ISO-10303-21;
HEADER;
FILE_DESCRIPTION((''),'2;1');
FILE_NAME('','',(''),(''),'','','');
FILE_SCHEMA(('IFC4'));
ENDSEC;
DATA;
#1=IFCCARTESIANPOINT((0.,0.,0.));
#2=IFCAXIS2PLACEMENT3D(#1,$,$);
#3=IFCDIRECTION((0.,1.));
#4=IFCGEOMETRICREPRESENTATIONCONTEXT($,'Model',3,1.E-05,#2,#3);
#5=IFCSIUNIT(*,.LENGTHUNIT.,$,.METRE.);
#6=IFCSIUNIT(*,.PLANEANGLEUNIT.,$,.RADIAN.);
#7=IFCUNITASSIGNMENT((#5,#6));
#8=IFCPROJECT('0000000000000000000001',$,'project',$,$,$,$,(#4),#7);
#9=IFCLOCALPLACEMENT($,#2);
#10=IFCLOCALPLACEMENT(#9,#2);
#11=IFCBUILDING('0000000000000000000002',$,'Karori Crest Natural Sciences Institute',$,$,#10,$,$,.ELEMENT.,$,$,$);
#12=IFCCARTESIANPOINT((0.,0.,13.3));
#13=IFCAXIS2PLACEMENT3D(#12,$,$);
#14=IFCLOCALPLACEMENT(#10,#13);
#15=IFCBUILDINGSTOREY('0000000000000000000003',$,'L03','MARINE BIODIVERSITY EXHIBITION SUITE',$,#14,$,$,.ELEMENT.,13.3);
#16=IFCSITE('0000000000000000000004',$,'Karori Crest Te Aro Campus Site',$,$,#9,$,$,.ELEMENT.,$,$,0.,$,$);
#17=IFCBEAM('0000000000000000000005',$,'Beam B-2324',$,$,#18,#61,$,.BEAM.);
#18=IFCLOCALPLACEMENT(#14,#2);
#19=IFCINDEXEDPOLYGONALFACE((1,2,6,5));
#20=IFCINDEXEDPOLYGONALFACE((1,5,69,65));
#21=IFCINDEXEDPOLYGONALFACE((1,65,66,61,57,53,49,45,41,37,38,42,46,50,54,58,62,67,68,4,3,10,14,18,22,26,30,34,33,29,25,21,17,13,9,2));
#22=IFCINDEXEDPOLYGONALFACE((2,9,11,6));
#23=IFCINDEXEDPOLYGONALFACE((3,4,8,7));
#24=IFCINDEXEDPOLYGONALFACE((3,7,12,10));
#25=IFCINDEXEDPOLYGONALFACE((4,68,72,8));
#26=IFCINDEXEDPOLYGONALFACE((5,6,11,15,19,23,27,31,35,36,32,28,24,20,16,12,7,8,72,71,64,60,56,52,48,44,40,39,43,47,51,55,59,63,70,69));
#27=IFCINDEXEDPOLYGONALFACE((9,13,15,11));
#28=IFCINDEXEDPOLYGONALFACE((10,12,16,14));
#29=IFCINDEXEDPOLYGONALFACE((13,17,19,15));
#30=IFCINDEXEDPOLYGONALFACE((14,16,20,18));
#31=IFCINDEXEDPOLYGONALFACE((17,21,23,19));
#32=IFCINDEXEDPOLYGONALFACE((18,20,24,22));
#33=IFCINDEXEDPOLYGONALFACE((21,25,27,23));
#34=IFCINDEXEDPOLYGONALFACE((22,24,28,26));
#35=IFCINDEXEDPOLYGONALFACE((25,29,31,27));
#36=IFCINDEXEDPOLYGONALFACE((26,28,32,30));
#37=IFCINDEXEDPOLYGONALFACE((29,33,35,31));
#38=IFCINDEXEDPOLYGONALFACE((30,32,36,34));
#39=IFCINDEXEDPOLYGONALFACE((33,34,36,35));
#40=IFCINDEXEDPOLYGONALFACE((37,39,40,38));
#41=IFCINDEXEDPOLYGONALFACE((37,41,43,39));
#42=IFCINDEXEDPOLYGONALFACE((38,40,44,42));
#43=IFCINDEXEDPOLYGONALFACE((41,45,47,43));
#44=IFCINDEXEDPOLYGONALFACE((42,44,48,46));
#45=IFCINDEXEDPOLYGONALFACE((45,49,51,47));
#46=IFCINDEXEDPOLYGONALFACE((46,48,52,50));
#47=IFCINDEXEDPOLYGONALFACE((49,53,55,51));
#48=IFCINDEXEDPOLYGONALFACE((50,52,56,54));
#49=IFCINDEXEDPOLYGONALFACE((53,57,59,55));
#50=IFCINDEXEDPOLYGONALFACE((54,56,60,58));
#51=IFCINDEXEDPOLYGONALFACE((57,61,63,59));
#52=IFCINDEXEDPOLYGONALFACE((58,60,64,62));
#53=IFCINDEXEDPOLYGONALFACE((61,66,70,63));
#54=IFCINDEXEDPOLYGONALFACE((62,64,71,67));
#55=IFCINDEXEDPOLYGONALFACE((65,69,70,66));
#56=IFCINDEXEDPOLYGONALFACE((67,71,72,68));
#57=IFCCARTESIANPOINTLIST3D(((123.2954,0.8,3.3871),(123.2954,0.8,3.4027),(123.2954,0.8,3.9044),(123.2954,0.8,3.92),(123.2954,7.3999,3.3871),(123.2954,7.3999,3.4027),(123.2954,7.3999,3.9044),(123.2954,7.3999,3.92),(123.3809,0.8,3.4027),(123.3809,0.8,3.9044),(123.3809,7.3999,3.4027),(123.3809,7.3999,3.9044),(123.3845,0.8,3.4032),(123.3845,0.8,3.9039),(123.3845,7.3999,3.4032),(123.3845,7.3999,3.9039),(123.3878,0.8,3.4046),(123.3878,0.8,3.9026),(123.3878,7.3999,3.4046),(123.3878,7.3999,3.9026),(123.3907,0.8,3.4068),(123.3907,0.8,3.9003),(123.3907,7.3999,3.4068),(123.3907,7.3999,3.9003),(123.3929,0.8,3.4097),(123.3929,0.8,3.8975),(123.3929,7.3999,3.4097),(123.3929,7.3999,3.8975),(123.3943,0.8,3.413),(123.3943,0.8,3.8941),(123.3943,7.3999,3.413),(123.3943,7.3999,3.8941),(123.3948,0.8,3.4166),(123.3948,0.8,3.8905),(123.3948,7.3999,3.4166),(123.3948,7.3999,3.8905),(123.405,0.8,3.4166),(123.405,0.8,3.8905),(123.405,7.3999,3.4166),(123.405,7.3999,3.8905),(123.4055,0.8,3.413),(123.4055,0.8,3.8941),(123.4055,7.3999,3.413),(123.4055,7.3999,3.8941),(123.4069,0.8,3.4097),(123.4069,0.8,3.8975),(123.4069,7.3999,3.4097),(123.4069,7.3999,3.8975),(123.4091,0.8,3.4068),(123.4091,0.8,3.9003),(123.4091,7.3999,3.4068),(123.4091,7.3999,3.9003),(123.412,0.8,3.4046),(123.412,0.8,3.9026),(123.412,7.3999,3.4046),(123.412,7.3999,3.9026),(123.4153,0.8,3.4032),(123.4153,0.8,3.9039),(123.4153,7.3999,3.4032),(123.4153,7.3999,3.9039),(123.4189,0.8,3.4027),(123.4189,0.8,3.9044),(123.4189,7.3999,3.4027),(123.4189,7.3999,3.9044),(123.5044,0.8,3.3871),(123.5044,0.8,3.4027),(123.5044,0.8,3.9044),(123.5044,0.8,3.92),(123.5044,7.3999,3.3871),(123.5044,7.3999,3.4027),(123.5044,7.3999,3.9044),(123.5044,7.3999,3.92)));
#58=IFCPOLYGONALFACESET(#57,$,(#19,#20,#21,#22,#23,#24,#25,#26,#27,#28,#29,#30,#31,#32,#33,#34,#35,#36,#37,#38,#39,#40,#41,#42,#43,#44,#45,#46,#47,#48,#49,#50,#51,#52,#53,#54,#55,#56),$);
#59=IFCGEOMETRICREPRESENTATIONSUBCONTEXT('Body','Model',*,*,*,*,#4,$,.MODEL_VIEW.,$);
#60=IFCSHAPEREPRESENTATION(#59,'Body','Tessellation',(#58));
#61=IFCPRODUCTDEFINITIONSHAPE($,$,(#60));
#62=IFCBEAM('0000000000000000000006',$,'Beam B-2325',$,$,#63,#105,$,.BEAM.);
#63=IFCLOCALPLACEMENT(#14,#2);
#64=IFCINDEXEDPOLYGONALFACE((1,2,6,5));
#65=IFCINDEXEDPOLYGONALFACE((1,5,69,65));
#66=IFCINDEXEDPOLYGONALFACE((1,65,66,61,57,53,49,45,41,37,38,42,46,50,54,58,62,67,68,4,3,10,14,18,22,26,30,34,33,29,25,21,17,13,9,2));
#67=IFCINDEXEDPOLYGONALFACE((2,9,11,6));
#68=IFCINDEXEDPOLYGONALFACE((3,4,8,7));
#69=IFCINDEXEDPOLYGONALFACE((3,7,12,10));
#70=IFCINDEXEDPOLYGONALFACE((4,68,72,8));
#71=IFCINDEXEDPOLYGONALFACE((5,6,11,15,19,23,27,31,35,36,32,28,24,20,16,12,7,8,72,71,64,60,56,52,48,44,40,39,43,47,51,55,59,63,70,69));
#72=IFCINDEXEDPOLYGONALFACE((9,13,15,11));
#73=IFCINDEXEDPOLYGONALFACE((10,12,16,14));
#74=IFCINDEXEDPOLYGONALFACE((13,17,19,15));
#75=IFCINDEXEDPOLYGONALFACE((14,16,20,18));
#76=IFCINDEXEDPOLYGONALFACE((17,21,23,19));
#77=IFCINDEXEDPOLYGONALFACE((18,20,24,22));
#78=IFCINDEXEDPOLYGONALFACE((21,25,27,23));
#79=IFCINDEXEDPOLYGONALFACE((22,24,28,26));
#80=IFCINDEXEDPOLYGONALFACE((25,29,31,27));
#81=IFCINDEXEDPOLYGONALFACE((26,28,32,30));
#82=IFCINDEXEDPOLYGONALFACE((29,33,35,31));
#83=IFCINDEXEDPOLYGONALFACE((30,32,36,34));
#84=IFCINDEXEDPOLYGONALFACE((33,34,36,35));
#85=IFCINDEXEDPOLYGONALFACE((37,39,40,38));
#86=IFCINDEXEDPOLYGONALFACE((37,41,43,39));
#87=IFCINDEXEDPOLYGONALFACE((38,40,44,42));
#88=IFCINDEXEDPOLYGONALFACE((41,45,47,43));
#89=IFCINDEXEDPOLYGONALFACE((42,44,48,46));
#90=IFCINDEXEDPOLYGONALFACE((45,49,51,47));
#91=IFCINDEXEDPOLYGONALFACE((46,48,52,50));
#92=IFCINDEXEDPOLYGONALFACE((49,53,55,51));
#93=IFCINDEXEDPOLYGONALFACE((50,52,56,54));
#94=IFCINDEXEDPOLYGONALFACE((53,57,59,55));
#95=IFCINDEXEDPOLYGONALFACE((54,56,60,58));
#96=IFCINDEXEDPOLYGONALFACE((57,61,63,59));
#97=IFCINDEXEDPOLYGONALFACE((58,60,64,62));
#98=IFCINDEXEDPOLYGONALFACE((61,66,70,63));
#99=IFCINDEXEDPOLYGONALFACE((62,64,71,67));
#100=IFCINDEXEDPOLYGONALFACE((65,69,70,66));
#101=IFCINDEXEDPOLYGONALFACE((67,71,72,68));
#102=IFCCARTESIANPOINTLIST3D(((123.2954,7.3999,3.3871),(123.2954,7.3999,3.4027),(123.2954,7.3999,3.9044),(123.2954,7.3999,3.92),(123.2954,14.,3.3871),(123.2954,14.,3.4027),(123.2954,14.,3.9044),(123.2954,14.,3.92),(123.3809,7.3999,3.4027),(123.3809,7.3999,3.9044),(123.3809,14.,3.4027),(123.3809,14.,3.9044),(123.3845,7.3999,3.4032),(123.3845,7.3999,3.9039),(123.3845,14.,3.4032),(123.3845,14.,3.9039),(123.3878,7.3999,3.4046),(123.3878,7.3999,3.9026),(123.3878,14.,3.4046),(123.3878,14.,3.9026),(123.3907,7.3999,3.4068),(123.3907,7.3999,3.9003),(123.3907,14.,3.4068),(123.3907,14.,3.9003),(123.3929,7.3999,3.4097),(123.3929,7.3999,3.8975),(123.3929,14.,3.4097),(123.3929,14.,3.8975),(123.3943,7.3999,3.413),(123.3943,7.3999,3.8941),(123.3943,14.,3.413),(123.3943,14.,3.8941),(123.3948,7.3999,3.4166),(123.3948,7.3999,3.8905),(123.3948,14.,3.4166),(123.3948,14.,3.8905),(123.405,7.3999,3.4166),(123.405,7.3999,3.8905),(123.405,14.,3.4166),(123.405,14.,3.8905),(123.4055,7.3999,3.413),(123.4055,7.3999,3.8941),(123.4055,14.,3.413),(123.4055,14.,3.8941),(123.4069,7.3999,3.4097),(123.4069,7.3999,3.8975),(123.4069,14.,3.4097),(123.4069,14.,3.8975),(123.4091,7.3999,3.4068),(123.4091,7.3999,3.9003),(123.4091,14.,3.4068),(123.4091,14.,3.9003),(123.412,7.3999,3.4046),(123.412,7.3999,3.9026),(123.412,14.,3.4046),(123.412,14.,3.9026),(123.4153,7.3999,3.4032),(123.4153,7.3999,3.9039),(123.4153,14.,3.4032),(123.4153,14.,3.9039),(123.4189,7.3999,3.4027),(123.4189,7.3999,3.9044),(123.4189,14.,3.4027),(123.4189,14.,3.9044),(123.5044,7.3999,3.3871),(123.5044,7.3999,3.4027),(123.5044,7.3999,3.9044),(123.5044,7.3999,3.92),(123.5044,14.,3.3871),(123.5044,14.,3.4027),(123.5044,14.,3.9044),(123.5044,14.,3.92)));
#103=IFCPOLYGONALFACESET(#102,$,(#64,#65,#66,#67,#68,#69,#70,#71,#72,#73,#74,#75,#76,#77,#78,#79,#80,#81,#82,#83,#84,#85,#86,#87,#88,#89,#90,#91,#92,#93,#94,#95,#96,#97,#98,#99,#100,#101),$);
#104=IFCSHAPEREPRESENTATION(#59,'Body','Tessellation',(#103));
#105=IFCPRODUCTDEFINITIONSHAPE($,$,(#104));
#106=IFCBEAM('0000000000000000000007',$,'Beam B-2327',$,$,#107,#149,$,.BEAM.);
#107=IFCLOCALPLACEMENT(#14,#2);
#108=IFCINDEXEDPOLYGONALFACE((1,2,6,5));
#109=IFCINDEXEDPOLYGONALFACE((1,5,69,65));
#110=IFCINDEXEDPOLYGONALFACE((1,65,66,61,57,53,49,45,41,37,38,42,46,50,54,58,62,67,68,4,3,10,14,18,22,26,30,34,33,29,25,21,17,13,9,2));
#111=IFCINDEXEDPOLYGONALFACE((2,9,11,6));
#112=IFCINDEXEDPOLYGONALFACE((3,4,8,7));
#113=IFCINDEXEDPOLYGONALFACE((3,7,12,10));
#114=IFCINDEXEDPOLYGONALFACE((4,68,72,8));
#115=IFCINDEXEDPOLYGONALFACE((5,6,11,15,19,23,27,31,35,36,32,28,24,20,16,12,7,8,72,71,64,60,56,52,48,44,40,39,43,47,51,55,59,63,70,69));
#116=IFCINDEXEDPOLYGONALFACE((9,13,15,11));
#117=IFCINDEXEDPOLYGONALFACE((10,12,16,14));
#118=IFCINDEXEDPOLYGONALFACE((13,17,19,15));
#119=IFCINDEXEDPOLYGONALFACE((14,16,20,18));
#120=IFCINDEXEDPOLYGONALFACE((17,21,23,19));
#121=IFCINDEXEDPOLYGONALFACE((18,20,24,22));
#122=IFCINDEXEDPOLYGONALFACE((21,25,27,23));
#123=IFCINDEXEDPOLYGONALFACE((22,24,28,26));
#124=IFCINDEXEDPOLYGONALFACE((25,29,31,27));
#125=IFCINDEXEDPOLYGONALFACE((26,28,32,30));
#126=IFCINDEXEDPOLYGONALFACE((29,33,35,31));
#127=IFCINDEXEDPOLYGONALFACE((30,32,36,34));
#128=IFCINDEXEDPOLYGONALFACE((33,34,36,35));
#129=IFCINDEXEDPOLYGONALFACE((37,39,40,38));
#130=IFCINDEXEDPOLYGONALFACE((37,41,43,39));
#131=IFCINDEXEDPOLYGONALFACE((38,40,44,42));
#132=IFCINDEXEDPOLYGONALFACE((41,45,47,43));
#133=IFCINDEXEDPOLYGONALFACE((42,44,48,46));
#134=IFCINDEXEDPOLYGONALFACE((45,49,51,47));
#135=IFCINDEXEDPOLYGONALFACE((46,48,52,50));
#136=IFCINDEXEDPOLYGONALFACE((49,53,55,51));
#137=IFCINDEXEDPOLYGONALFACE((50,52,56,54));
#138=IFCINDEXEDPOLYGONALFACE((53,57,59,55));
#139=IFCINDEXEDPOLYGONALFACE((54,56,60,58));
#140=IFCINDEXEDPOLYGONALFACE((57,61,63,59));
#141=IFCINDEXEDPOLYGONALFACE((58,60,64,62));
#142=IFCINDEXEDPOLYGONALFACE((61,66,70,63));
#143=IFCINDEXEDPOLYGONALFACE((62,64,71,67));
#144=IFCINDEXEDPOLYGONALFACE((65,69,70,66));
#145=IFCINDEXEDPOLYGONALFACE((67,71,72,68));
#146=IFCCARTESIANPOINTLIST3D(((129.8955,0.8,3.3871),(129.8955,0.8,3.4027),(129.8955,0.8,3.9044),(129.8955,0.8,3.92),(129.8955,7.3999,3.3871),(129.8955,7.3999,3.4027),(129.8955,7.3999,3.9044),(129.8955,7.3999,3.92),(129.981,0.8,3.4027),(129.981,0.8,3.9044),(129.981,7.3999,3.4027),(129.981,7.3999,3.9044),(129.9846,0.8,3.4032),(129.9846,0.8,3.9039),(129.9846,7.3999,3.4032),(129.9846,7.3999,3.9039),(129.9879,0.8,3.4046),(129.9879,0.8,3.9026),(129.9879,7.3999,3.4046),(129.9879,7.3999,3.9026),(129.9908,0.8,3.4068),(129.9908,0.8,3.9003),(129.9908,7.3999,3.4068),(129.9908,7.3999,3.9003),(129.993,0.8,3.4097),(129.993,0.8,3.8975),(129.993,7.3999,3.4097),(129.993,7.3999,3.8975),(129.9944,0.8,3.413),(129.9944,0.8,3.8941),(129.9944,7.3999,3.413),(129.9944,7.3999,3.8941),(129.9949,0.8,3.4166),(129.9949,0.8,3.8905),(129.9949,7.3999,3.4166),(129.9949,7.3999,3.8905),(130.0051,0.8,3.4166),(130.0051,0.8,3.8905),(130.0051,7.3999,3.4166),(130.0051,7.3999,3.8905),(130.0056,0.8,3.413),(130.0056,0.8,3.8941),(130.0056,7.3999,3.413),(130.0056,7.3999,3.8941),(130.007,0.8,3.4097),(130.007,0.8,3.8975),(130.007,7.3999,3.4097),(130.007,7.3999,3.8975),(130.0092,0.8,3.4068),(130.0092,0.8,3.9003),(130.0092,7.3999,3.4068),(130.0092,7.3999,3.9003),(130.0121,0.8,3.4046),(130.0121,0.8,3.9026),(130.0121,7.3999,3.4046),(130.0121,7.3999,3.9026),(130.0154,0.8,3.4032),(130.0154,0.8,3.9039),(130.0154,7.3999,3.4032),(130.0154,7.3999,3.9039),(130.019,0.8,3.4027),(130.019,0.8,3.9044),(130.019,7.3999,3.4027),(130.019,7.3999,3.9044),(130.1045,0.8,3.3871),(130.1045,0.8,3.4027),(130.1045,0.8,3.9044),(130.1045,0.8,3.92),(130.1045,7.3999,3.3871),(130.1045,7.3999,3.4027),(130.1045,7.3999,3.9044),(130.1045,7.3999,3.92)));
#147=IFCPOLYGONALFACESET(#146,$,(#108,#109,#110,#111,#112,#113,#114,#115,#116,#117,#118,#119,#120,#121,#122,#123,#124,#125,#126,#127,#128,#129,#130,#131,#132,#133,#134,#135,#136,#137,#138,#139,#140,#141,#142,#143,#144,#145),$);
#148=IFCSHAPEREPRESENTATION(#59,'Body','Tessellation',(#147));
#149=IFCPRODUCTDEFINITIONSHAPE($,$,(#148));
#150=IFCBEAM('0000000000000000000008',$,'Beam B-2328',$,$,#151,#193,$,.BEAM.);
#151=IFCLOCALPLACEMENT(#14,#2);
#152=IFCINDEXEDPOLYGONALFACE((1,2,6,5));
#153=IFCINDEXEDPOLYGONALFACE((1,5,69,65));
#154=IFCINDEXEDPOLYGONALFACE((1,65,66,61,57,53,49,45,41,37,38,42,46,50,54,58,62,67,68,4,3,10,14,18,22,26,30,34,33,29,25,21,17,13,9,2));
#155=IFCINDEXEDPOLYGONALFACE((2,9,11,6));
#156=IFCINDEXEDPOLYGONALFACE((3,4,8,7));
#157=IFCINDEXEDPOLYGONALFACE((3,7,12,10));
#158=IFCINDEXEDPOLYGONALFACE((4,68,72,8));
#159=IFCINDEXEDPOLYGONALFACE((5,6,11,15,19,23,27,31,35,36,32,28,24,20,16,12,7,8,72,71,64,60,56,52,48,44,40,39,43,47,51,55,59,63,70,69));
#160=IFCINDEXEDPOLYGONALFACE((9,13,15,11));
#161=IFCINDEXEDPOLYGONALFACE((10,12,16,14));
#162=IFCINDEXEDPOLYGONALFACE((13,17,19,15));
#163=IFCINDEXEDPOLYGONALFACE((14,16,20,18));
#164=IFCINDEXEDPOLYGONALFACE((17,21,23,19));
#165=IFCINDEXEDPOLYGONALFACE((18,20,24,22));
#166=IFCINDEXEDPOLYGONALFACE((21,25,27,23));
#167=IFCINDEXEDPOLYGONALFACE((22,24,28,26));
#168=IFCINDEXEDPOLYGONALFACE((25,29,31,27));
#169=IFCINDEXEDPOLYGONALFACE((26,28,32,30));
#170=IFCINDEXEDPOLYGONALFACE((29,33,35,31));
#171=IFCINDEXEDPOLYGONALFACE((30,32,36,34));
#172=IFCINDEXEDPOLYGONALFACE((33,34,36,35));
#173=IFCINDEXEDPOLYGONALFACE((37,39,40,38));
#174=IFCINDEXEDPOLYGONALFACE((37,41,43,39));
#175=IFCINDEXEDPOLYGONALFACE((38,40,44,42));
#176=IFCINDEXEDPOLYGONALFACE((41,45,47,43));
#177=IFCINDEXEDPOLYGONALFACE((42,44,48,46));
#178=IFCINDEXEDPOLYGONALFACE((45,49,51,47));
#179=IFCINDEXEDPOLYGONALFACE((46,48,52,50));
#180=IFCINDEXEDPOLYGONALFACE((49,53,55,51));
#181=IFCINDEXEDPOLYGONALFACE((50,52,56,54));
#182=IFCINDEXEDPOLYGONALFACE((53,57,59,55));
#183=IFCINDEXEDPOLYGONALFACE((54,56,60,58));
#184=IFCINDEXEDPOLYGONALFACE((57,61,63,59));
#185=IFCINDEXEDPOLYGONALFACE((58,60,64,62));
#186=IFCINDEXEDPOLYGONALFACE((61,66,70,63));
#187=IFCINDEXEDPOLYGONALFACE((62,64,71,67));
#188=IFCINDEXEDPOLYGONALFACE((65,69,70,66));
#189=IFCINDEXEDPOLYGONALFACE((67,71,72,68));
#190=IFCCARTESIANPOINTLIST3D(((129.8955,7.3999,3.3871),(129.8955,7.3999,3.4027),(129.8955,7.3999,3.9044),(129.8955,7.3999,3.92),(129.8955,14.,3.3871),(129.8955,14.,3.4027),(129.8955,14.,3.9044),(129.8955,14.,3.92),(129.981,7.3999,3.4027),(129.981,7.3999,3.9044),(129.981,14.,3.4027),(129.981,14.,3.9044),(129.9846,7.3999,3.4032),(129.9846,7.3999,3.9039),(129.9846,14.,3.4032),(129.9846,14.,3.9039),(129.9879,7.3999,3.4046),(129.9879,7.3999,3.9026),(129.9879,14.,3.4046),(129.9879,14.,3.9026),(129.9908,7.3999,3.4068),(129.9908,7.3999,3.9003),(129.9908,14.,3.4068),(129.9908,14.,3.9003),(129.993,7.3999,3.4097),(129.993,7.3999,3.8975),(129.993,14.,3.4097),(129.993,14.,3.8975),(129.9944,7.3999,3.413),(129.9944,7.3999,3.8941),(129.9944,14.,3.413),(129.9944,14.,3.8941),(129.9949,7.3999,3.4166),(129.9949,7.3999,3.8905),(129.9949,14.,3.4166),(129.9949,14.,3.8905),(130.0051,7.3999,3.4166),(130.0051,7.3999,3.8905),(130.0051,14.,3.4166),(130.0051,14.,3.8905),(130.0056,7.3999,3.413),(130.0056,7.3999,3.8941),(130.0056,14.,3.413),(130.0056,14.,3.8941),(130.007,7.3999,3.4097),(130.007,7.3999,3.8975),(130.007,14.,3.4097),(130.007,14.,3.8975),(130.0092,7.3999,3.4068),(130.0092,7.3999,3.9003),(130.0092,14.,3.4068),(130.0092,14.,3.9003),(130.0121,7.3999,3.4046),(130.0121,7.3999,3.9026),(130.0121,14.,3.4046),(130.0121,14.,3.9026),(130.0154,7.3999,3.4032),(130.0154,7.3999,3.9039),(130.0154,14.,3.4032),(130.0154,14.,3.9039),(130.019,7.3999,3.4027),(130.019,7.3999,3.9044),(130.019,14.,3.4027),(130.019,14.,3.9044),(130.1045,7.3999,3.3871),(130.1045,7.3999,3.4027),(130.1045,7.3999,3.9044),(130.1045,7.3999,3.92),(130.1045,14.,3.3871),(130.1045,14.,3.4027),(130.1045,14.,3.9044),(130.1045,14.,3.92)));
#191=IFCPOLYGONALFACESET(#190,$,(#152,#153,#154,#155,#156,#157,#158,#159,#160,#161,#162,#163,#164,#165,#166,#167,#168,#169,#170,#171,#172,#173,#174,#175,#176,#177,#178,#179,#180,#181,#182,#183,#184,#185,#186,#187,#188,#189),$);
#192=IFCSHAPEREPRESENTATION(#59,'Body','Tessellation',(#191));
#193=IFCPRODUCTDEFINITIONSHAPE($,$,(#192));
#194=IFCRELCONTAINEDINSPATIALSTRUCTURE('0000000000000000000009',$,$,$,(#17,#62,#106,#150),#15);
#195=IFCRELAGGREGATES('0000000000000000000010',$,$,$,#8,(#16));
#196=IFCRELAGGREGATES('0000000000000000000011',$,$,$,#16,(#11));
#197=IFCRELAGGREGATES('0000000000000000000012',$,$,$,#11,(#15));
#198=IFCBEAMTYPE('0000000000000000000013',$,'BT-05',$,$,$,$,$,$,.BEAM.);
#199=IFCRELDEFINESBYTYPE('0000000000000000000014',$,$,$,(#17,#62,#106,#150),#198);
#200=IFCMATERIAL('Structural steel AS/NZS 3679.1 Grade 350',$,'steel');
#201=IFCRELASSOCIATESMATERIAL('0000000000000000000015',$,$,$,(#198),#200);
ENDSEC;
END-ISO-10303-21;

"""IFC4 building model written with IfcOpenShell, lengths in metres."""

from ifc_helpers import new_model, si_unit, direction, frame, origin, origin_2d, place, context, subcontext, project, spatial, i_section, extrude, material, material_profile, profile_set, type_object, element, save


model = new_model("IFC4")

# Units and contexts
model_context = context("Model", 3, precision=1e-05, world=origin(), true_north=direction((0.0, 1.0)))
body_context = subcontext(model_context, "Body", "Model", "MODEL_VIEW")
ifc_project = project(units=[si_unit("LENGTHUNIT", "METRE"), si_unit("PLANEANGLEUNIT", "RADIAN")], contexts=[model_context])

# Site, building, storey
site_placement = place(None, origin())
site = spatial("IfcSite", under=ifc_project, at=site_placement, Name="Karori Crest Te Aro Campus Site", CompositionType="ELEMENT", RefElevation=0.0)
building_placement = place(site_placement, origin())
building = spatial("IfcBuilding", under=site, at=building_placement, Name="Karori Crest Natural Sciences Institute", CompositionType="ELEMENT")
storey_placement = place(building_placement, frame((0.0, 0.0, 13.3)))
storey = spatial("IfcBuildingStorey", under=building, at=storey_placement, Name="L03", Description="MARINE BIODIVERSITY EXHIBITION SUITE", CompositionType="ELEMENT", Elevation=13.3)

# Shared definitions
ifc_material_1 = material(Name="Structural steel AS/NZS 3679.1 Grade 350", Category="steel")

# Beams
ifc_material_profile_1 = material_profile(ifc_material_1, i_section(OverallWidth=0.209, OverallDepth=0.533, WebThickness=0.0103, FlangeThickness=0.0156, FilletRadius=0.0139, at=origin_2d()), Name="530UB92.4")
ifc_profile_set_1 = profile_set([ifc_material_profile_1], Name="Structural steel AS/NZS 3679.1 Grade 350")
beam_type_1 = type_object("IfcBeamType", Name="BT-05", PredefinedType="BEAM", material=ifc_profile_set_1)
beam_1_placement = place(storey_placement, frame((123.3999, 0.8, 3.6536), z_axis=(0.0, 1.0, 0.0), x_axis=(-1.0, 0.0, 0.0)))
element("IfcBeam", 1, at=beam_1_placement, inside=storey, type_object=beam_type_1, Name="Beam B-2324", PredefinedType="BEAM", context=body_context, shape_type="SweptSolid", body=[
    extrude(i_section(OverallWidth=0.209, OverallDepth=0.533, WebThickness=0.0103, FlangeThickness=0.0156, FilletRadius=0.0139, at=origin_2d()), origin(), (0.0, 0.0, 1.0), 6.5999),
])
beam_2_placement = place(storey_placement, frame((123.3999, 7.3999, 3.6536), z_axis=(0.0, 1.0, 0.0), x_axis=(-1.0, 0.0, 0.0)))
element("IfcBeam", 2, at=beam_2_placement, inside=storey, type_object=beam_type_1, Name="Beam B-2325", PredefinedType="BEAM", context=body_context, shape_type="SweptSolid", body=[
    extrude(i_section(OverallWidth=0.209, OverallDepth=0.533, WebThickness=0.0103, FlangeThickness=0.0156, FilletRadius=0.0139, at=origin_2d()), origin(), (0.0, 0.0, 1.0), 6.6001),
])
beam_3_placement = place(storey_placement, frame((130.0, 0.8, 3.6536), z_axis=(0.0, 1.0, 0.0), x_axis=(-1.0, 0.0, 0.0)))
element("IfcBeam", 3, at=beam_3_placement, inside=storey, type_object=beam_type_1, Name="Beam B-2327", PredefinedType="BEAM", context=body_context, shape_type="SweptSolid", body=[
    extrude(i_section(OverallWidth=0.209, OverallDepth=0.533, WebThickness=0.0103, FlangeThickness=0.0156, FilletRadius=0.0139, at=origin_2d()), origin(), (0.0, 0.0, 1.0), 6.5999),
])
beam_4_placement = place(storey_placement, frame((130.0, 7.3999, 3.6536), z_axis=(0.0, 1.0, 0.0), x_axis=(-1.0, 0.0, 0.0)))
element("IfcBeam", 4, at=beam_4_placement, inside=storey, type_object=beam_type_1, Name="Beam B-2328", PredefinedType="BEAM", context=body_context, shape_type="SweptSolid", body=[
    extrude(i_section(OverallWidth=0.209, OverallDepth=0.533, WebThickness=0.0103, FlangeThickness=0.0156, FilletRadius=0.0139, at=origin_2d()), origin(), (0.0, 0.0, 1.0), 6.6001),
])

save(model, "model.ifc")
